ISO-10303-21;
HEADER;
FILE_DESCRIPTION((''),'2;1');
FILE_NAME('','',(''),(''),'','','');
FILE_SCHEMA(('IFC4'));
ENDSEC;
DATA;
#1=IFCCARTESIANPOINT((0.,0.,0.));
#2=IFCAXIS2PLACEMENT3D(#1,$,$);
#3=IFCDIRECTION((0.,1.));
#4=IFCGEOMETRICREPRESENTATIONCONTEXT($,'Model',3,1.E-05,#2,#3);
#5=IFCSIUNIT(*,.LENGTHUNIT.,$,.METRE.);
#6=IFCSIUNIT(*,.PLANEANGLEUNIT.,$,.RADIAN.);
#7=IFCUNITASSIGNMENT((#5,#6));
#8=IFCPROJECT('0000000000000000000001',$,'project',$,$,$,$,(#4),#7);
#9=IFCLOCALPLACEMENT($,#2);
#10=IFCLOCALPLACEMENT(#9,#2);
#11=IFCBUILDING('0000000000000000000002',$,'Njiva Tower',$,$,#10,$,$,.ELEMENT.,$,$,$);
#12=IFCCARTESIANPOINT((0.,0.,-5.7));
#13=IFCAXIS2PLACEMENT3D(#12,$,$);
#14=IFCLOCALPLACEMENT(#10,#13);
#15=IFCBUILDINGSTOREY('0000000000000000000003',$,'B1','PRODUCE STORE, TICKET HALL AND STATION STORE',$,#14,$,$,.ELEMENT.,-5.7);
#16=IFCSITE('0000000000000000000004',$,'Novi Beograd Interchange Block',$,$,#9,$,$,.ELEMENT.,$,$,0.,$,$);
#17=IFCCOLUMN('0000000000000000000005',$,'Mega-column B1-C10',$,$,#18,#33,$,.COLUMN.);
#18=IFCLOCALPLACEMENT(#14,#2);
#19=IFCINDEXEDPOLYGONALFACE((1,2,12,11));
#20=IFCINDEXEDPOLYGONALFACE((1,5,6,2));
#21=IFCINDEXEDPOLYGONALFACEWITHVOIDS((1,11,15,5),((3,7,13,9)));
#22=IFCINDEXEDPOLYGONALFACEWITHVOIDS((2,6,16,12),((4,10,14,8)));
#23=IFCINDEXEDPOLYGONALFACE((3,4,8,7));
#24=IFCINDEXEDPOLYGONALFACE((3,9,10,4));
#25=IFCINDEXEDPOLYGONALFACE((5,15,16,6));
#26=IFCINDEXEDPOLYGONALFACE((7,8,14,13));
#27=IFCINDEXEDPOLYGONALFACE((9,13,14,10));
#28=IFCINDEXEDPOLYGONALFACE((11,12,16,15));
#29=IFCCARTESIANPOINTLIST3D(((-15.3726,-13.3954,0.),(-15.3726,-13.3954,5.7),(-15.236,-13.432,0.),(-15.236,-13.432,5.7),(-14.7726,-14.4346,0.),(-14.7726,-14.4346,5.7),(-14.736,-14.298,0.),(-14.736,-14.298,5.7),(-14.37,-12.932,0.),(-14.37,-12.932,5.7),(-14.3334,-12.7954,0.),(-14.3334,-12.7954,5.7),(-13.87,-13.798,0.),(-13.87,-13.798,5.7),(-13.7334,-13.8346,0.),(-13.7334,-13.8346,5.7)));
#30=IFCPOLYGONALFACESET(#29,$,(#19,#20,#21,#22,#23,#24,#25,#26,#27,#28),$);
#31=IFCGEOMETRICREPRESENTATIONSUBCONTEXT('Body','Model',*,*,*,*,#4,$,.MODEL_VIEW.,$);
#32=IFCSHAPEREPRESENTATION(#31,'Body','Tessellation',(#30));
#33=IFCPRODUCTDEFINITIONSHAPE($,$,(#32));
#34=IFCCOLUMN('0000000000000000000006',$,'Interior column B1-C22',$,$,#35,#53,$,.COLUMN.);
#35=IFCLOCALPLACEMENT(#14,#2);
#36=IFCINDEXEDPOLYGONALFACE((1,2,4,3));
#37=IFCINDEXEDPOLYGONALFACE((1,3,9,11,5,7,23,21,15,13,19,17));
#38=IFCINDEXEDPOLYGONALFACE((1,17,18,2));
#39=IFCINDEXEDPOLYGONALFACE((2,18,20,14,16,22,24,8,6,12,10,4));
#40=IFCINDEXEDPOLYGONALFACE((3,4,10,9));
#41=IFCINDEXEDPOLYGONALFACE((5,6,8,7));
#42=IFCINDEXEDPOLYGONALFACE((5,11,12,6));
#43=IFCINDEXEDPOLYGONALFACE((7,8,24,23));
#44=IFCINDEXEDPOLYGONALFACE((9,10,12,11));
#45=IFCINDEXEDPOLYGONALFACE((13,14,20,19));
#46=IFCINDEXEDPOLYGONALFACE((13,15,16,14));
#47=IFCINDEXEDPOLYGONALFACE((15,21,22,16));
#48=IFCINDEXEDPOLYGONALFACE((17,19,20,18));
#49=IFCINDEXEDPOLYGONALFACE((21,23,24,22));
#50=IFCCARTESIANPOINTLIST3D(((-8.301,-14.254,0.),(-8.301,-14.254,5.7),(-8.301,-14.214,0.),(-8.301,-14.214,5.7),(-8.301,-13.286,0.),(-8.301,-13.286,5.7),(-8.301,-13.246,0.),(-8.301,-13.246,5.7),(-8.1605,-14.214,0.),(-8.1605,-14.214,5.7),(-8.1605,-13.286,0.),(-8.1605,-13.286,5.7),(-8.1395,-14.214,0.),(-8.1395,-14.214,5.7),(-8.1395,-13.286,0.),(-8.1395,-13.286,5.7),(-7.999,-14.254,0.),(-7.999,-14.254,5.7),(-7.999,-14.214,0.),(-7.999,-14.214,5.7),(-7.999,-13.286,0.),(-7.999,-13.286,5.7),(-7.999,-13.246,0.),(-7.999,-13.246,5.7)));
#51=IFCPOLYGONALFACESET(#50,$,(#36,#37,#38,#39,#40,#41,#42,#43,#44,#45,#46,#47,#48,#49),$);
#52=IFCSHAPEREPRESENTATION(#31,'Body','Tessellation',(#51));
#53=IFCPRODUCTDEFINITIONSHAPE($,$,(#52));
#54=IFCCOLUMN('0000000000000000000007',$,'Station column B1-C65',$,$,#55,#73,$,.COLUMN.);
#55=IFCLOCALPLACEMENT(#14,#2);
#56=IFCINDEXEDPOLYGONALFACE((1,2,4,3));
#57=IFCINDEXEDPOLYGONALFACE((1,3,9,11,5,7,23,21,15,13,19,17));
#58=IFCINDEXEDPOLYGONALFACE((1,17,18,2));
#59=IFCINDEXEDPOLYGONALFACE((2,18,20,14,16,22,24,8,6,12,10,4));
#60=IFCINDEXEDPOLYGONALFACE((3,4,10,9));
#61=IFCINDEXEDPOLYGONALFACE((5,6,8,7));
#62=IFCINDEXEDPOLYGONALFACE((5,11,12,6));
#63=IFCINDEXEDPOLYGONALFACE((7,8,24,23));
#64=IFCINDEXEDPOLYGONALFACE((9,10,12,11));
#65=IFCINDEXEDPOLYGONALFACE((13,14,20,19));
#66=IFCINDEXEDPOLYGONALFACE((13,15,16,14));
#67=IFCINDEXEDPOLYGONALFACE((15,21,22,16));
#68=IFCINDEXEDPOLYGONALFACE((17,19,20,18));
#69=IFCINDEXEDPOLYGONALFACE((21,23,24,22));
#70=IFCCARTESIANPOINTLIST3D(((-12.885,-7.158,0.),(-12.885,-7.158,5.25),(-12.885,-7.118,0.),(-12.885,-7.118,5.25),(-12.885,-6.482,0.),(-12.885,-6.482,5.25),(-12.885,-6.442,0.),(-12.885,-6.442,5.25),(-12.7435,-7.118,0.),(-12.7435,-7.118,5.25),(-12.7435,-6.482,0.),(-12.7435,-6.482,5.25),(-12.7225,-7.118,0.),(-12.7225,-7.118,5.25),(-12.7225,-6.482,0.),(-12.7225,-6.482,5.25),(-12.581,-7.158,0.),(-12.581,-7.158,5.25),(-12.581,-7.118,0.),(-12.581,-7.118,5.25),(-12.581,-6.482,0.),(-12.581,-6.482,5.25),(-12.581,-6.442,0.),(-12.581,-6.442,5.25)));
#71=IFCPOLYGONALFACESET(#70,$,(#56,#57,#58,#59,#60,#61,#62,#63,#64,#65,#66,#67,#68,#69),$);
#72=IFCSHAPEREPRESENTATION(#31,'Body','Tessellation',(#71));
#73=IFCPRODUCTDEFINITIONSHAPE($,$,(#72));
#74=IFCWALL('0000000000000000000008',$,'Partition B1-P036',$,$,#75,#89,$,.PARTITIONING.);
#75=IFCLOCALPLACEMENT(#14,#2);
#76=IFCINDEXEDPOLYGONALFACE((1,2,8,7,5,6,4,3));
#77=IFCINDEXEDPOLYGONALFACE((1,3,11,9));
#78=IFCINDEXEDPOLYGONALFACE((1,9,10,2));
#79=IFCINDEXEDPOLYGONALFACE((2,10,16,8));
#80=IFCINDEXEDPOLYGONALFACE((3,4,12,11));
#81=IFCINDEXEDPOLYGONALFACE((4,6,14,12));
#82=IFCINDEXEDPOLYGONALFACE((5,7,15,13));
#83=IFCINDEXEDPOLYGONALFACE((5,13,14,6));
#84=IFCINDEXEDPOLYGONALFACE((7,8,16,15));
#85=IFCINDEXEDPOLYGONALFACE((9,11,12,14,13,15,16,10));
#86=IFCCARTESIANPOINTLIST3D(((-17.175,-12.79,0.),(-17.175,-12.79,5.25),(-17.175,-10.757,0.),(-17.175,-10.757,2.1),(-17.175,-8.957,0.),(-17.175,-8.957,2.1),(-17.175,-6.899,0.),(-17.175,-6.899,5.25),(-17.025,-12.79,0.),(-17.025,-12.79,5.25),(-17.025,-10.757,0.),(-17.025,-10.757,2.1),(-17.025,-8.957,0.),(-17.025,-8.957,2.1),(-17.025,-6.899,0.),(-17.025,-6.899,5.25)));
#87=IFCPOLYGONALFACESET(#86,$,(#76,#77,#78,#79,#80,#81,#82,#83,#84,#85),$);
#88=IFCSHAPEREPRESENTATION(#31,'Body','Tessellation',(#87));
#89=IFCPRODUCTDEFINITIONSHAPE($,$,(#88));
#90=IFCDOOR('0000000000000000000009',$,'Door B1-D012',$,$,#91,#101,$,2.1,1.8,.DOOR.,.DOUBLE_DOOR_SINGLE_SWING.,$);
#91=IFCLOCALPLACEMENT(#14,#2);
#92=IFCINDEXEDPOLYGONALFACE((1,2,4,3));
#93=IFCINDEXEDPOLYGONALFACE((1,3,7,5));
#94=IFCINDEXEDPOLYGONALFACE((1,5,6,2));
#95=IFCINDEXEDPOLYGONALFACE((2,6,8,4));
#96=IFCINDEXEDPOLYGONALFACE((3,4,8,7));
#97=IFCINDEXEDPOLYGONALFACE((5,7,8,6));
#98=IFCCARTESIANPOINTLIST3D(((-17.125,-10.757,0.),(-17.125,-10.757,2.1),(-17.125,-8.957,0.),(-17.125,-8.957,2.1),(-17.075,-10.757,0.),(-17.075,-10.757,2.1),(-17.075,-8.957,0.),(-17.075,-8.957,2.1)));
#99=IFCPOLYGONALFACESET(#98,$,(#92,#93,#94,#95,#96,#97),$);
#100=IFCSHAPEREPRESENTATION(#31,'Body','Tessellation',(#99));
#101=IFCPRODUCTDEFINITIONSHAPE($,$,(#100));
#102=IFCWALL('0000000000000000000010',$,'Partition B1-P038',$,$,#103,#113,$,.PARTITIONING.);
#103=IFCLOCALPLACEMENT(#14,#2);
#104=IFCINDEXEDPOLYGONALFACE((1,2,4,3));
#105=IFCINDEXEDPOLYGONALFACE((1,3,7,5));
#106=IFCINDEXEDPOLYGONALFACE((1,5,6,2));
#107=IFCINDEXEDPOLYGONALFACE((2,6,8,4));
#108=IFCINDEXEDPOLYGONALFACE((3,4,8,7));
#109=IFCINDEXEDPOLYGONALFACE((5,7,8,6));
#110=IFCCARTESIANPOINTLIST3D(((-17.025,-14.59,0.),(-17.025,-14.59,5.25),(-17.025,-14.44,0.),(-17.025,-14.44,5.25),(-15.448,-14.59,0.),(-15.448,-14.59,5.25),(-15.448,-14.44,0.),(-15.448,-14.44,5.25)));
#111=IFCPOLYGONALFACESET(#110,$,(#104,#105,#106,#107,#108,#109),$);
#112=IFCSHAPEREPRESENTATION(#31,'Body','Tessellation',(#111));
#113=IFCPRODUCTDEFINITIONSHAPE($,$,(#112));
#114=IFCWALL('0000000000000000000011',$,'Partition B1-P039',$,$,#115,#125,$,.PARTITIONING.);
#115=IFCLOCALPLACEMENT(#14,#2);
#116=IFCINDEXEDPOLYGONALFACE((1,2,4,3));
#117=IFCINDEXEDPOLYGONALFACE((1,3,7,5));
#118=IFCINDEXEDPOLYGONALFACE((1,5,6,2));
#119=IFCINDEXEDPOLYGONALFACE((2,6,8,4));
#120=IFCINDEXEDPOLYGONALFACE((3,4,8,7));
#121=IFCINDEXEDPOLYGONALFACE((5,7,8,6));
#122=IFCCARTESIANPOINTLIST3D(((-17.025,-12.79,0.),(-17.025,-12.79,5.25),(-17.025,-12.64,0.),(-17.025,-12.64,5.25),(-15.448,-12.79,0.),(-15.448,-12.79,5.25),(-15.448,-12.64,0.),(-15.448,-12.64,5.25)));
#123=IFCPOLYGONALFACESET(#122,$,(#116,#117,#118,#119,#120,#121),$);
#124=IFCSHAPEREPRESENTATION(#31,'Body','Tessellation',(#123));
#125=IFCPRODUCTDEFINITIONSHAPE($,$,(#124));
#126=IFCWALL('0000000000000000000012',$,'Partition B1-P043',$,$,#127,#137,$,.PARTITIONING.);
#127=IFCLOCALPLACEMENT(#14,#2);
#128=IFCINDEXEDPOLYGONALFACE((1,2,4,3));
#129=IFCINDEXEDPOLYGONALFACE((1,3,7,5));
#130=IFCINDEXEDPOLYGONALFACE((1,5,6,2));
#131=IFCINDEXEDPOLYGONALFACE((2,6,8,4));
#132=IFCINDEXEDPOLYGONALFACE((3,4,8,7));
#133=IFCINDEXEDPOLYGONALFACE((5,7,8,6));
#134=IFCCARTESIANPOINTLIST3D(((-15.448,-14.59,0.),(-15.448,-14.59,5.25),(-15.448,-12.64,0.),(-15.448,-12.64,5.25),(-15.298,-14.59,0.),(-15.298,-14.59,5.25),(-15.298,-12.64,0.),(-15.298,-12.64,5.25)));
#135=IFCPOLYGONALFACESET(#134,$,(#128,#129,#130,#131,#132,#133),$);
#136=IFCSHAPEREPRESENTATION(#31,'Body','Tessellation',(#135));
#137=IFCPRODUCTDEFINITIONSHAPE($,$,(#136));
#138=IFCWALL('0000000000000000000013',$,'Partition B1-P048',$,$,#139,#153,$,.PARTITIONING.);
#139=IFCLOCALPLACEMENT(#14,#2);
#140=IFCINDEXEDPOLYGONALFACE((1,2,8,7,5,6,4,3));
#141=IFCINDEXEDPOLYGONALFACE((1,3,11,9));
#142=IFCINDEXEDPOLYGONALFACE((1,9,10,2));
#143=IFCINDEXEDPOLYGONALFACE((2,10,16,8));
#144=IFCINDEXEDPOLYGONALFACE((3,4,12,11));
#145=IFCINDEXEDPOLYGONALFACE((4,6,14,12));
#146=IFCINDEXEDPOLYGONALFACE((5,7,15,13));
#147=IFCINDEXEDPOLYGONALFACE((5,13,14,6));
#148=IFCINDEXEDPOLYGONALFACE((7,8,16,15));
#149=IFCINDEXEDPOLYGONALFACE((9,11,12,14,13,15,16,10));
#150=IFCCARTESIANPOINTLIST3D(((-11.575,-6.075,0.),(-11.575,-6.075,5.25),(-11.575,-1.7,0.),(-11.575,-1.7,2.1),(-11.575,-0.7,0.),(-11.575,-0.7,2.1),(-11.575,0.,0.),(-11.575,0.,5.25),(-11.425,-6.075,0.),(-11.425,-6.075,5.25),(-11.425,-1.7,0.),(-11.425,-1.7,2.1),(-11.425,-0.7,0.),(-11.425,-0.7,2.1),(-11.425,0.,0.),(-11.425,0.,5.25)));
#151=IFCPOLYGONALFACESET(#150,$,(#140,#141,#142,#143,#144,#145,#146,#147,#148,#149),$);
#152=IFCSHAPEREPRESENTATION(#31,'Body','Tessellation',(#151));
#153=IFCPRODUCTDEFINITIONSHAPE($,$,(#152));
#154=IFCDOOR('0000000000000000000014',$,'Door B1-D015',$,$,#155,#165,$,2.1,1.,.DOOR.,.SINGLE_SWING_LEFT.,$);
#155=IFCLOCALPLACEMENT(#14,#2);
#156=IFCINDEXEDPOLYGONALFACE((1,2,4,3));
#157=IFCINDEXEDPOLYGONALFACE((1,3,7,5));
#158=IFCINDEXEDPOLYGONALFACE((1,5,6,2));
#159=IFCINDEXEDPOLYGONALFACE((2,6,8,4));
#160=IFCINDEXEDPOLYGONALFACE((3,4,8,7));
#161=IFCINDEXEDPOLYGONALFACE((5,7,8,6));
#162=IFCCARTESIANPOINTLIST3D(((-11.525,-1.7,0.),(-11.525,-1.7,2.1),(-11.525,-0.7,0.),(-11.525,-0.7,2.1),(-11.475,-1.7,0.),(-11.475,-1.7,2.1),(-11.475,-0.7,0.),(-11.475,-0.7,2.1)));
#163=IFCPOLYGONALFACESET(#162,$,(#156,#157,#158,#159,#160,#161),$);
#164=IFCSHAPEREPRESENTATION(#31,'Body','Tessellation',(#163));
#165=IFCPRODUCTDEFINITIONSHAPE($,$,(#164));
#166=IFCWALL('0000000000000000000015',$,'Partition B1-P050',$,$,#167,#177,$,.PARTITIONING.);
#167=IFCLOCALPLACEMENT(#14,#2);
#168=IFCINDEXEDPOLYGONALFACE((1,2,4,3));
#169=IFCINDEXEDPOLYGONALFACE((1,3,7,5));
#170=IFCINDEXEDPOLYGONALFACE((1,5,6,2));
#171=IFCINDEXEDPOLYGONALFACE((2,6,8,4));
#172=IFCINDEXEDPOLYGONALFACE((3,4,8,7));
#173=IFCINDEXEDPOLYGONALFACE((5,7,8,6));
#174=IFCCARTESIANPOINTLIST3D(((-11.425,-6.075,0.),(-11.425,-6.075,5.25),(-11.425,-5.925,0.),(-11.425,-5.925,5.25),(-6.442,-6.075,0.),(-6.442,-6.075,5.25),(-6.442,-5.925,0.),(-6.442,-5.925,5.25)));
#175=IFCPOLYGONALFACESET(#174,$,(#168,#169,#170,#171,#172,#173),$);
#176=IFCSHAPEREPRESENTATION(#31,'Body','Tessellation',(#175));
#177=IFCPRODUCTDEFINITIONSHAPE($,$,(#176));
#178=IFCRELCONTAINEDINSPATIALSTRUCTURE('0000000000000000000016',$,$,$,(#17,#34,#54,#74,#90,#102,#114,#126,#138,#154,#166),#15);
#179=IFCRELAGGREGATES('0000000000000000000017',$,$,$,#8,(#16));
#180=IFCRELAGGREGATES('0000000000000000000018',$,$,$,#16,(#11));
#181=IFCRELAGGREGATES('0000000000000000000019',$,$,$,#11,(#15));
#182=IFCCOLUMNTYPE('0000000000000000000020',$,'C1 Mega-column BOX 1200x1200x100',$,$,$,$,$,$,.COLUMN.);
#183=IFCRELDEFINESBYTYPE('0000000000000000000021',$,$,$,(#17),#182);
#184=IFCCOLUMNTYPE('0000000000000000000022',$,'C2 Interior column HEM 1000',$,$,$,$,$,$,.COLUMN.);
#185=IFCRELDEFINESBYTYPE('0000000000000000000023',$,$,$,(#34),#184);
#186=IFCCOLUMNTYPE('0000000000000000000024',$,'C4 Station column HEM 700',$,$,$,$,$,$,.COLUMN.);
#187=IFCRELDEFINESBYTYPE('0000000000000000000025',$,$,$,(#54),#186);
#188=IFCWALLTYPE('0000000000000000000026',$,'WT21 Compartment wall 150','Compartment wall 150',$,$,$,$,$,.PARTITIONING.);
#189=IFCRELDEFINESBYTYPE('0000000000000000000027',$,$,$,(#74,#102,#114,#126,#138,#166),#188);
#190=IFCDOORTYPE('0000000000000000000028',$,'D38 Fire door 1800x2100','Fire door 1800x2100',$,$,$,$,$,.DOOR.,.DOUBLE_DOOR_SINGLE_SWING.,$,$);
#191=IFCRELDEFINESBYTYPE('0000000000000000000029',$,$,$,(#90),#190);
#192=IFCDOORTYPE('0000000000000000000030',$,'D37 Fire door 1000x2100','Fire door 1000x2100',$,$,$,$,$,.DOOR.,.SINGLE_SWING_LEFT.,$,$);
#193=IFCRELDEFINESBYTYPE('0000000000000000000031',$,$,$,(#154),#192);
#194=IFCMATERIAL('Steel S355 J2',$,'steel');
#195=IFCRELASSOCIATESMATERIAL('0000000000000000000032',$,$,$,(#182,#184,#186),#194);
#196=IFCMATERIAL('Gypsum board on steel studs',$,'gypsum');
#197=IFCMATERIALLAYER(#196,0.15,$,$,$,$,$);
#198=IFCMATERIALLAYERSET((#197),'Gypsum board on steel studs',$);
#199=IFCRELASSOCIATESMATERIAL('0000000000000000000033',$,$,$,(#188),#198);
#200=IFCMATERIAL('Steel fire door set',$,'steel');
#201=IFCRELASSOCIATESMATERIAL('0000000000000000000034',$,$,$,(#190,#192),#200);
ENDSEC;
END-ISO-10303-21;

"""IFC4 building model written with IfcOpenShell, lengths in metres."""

from ifc_helpers import new_model, si_unit, direction, frame, frame_2d, origin, origin_2d, place, context, subcontext, project, spatial, rectangle, hollow_rectangle, i_section, extrude, material, layer, layer_set, material_profile, profile_set, type_object, element, fill, save


model = new_model("IFC4")

# Units and contexts
model_context = context("Model", 3, precision=1e-05, world=origin(), true_north=direction((0.0, 1.0)))
body_context = subcontext(model_context, "Body", "Model", "MODEL_VIEW")
ifc_project = project(units=[si_unit("LENGTHUNIT", "METRE"), si_unit("PLANEANGLEUNIT", "RADIAN")], contexts=[model_context])

# Site, building, storey
site_placement = place(None, origin())
site = spatial("IfcSite", under=ifc_project, at=site_placement, Name="Novi Beograd Interchange Block", CompositionType="ELEMENT", RefElevation=0.0)
building_placement = place(site_placement, origin())
building = spatial("IfcBuilding", under=site, at=building_placement, Name="Njiva Tower", CompositionType="ELEMENT")
storey_placement = place(building_placement, frame((0.0, 0.0, -5.7)))
storey = spatial("IfcBuildingStorey", under=building, at=storey_placement, Name="B1", Description="PRODUCE STORE, TICKET HALL AND STATION STORE", CompositionType="ELEMENT", Elevation=-5.7)

# Columns
ifc_material_1 = material(Name="Steel S355 J2", Category="steel")
ifc_material_profile_1 = material_profile(ifc_material_1, hollow_rectangle(XDim=1.2, YDim=1.2, WallThickness=0.1, at=origin_2d()), Name="BOX 1200x1200x100")
ifc_profile_set_1 = profile_set([ifc_material_profile_1], Name="Steel S355 J2")
column_type_1 = type_object("IfcColumnType", Name="C1 Mega-column BOX 1200x1200x100", PredefinedType="COLUMN", material=ifc_profile_set_1)
column_1_placement = place(storey_placement, frame((-14.553, -13.615, 0.0), z_axis=(0.0, 0.0, 1.0), x_axis=(0.5, -0.866025, 0.0)))
element("IfcColumn", 1, at=column_1_placement, inside=storey, type_object=column_type_1, Name="Mega-column B1-C10", PredefinedType="COLUMN", context=body_context, shape_type="SweptSolid", body=[
    extrude(hollow_rectangle(XDim=1.2, YDim=1.2, WallThickness=0.1, at=origin_2d()), origin(), (0.0, 0.0, 1.0), 5.7),
])
ifc_material_profile_2 = material_profile(ifc_material_1, i_section(OverallWidth=0.302, OverallDepth=1.008, WebThickness=0.021, FlangeThickness=0.04, at=origin_2d()), Name="HEM 1000")
ifc_profile_set_2 = profile_set([ifc_material_profile_2], Name="Steel S355 J2")
column_type_2 = type_object("IfcColumnType", Name="C2 Interior column HEM 1000", PredefinedType="COLUMN", material=ifc_profile_set_2)
column_2_placement = place(storey_placement, frame((-8.15, -13.75, 0.0), z_axis=(0.0, 0.0, 1.0), x_axis=(1.0, 0.0, 0.0)))
element("IfcColumn", 2, at=column_2_placement, inside=storey, type_object=column_type_2, Name="Interior column B1-C22", PredefinedType="COLUMN", context=body_context, shape_type="SweptSolid", body=[
    extrude(i_section(OverallWidth=0.302, OverallDepth=1.008, WebThickness=0.021, FlangeThickness=0.04, at=origin_2d()), origin(), (0.0, 0.0, 1.0), 5.7),
])
ifc_material_profile_3 = material_profile(ifc_material_1, i_section(OverallWidth=0.304, OverallDepth=0.716, WebThickness=0.021, FlangeThickness=0.04, at=origin_2d()), Name="HEM 700")
ifc_profile_set_3 = profile_set([ifc_material_profile_3], Name="Steel S355 J2")
column_type_3 = type_object("IfcColumnType", Name="C4 Station column HEM 700", PredefinedType="COLUMN", material=ifc_profile_set_3)
column_3_placement = place(storey_placement, frame((-12.733, -6.8, 0.0), z_axis=(0.0, 0.0, 1.0), x_axis=(1.0, 0.0, 0.0)))
element("IfcColumn", 3, at=column_3_placement, inside=storey, type_object=column_type_3, Name="Station column B1-C65", PredefinedType="COLUMN", context=body_context, shape_type="SweptSolid", body=[
    extrude(i_section(OverallWidth=0.304, OverallDepth=0.716, WebThickness=0.021, FlangeThickness=0.04, at=origin_2d()), origin(), (0.0, 0.0, 1.0), 5.25),
])

# Wall, opening, door
ifc_material_2 = material(Name="Gypsum board on steel studs", Category="gypsum")
ifc_layer_1 = layer(ifc_material_2, 0.15)
ifc_layer_set_1 = layer_set([ifc_layer_1], Name="Gypsum board on steel studs")
wall_type_1 = type_object("IfcWallType", Name="WT21 Compartment wall 150", Description="Compartment wall 150", PredefinedType="PARTITIONING", material=ifc_layer_set_1)
wall_1_placement = place(storey_placement, frame((-17.1, -12.79, 0.0), z_axis=(0.0, 0.0, 1.0), x_axis=(0.0, 1.0, 0.0)))
wall_1 = element("IfcWall", 4, at=wall_1_placement, inside=storey, type_object=wall_type_1, Name="Partition B1-P036", PredefinedType="PARTITIONING", context=body_context, shape_type="SweptSolid", body=[
    extrude(rectangle(XDim=5.891, YDim=0.15, at=frame_2d((2.9455, 0.0))), origin(), (0.0, 0.0, 1.0), 5.25),
])
opening_1_placement = place(wall_1_placement, frame((2.033, 0.0, 0.0)))
opening_1 = element("IfcOpeningElement", 5, at=opening_1_placement, cuts=wall_1, PredefinedType="OPENING", context=body_context, shape_type="SweptSolid", body=[
    extrude(rectangle(XDim=1.8, YDim=2.1, at=frame_2d((0.9, 1.05))), frame((0.0, 0.085, 0.0), z_axis=(0.0, -1.0, 0.0), x_axis=(1.0, 0.0, 0.0)), (0.0, 0.0, 1.0), 0.17),
])
ifc_material_3 = material(Name="Steel fire door set", Category="steel")
door_type_1 = type_object("IfcDoorType", Name="D38 Fire door 1800x2100", Description="Fire door 1800x2100", OperationType="DOUBLE_DOOR_SINGLE_SWING", PredefinedType="DOOR", material=ifc_material_3)
door_1_placement = place(opening_1_placement, origin())
door_1 = element("IfcDoor", 6, at=door_1_placement, inside=storey, type_object=door_type_1, Name="Door B1-D012", OperationType="DOUBLE_DOOR_SINGLE_SWING", OverallHeight=2.1, OverallWidth=1.8, PredefinedType="DOOR", context=body_context, shape_type="SweptSolid", body=[
    extrude(rectangle(XDim=1.8, YDim=2.1, at=frame_2d((0.9, 1.05))), frame((0.0, 0.025, 0.0), z_axis=(0.0, -1.0, 0.0), x_axis=(1.0, 0.0, 0.0)), (0.0, 0.0, 1.0), 0.05),
])
fill(opening_1, door_1)

# Walls
for number, where, z_axis, x_axis, name in (
    (7, (-17.025, -14.515, 0.0), (0.0, 0.0, 1.0), (1.0, 0.0, 0.0), "Partition B1-P038"),
    (8, (-17.025, -12.715, 0.0), (0.0, 0.0, 1.0), (1.0, 0.0, 0.0), "Partition B1-P039"),
):
    element("IfcWall", number, at=place(storey_placement, frame(where, z_axis=z_axis, x_axis=x_axis)), inside=storey, type_object=wall_type_1, Name=name, PredefinedType="PARTITIONING", context=body_context, shape_type="SweptSolid", body=[
        extrude(rectangle(XDim=1.577, YDim=0.15, at=frame_2d((0.7885, 0.0))), origin(), (0.0, 0.0, 1.0), 5.25),
    ])
wall_2_placement = place(storey_placement, frame((-15.373, -14.59, 0.0), z_axis=(0.0, 0.0, 1.0), x_axis=(0.0, 1.0, 0.0)))
element("IfcWall", 9, at=wall_2_placement, inside=storey, type_object=wall_type_1, Name="Partition B1-P043", PredefinedType="PARTITIONING", context=body_context, shape_type="SweptSolid", body=[
    extrude(rectangle(XDim=1.95, YDim=0.15, at=frame_2d((0.975, 0.0))), origin(), (0.0, 0.0, 1.0), 5.25),
])

# Wall, opening, door
wall_3_placement = place(storey_placement, frame((-11.5, -6.075, 0.0), z_axis=(0.0, 0.0, 1.0), x_axis=(0.0, 1.0, 0.0)))
wall_3 = element("IfcWall", 10, at=wall_3_placement, inside=storey, type_object=wall_type_1, Name="Partition B1-P048", PredefinedType="PARTITIONING", context=body_context, shape_type="SweptSolid", body=[
    extrude(rectangle(XDim=6.075, YDim=0.15, at=frame_2d((3.0375, 0.0))), origin(), (0.0, 0.0, 1.0), 5.25),
])
opening_2_placement = place(wall_3_placement, frame((4.375, 0.0, 0.0)))
opening_2 = element("IfcOpeningElement", 11, at=opening_2_placement, cuts=wall_3, PredefinedType="OPENING", context=body_context, shape_type="SweptSolid", body=[
    extrude(rectangle(XDim=1.0, YDim=2.1, at=frame_2d((0.5, 1.05))), frame((0.0, 0.085, 0.0), z_axis=(0.0, -1.0, 0.0), x_axis=(1.0, 0.0, 0.0)), (0.0, 0.0, 1.0), 0.17),
])
door_type_2 = type_object("IfcDoorType", Name="D37 Fire door 1000x2100", Description="Fire door 1000x2100", OperationType="SINGLE_SWING_LEFT", PredefinedType="DOOR", material=ifc_material_3)
door_2_placement = place(opening_2_placement, origin())
door_2 = element("IfcDoor", 12, at=door_2_placement, inside=storey, type_object=door_type_2, Name="Door B1-D015", OperationType="SINGLE_SWING_LEFT", OverallHeight=2.1, OverallWidth=1.0, PredefinedType="DOOR", context=body_context, shape_type="SweptSolid", body=[
    extrude(rectangle(XDim=1.0, YDim=2.1, at=frame_2d((0.5, 1.05))), frame((0.0, 0.025, 0.0), z_axis=(0.0, -1.0, 0.0), x_axis=(1.0, 0.0, 0.0)), (0.0, 0.0, 1.0), 0.05),
])
fill(opening_2, door_2)

# Wall
wall_4_placement = place(storey_placement, frame((-11.425, -6.0, 0.0), z_axis=(0.0, 0.0, 1.0), x_axis=(1.0, 0.0, 0.0)))
element("IfcWall", 13, at=wall_4_placement, inside=storey, type_object=wall_type_1, Name="Partition B1-P050", PredefinedType="PARTITIONING", context=body_context, shape_type="SweptSolid", body=[
    extrude(rectangle(XDim=4.983, YDim=0.15, at=frame_2d((2.4915, 0.0))), origin(), (0.0, 0.0, 1.0), 5.25),
])

save(model, "model.ifc")
